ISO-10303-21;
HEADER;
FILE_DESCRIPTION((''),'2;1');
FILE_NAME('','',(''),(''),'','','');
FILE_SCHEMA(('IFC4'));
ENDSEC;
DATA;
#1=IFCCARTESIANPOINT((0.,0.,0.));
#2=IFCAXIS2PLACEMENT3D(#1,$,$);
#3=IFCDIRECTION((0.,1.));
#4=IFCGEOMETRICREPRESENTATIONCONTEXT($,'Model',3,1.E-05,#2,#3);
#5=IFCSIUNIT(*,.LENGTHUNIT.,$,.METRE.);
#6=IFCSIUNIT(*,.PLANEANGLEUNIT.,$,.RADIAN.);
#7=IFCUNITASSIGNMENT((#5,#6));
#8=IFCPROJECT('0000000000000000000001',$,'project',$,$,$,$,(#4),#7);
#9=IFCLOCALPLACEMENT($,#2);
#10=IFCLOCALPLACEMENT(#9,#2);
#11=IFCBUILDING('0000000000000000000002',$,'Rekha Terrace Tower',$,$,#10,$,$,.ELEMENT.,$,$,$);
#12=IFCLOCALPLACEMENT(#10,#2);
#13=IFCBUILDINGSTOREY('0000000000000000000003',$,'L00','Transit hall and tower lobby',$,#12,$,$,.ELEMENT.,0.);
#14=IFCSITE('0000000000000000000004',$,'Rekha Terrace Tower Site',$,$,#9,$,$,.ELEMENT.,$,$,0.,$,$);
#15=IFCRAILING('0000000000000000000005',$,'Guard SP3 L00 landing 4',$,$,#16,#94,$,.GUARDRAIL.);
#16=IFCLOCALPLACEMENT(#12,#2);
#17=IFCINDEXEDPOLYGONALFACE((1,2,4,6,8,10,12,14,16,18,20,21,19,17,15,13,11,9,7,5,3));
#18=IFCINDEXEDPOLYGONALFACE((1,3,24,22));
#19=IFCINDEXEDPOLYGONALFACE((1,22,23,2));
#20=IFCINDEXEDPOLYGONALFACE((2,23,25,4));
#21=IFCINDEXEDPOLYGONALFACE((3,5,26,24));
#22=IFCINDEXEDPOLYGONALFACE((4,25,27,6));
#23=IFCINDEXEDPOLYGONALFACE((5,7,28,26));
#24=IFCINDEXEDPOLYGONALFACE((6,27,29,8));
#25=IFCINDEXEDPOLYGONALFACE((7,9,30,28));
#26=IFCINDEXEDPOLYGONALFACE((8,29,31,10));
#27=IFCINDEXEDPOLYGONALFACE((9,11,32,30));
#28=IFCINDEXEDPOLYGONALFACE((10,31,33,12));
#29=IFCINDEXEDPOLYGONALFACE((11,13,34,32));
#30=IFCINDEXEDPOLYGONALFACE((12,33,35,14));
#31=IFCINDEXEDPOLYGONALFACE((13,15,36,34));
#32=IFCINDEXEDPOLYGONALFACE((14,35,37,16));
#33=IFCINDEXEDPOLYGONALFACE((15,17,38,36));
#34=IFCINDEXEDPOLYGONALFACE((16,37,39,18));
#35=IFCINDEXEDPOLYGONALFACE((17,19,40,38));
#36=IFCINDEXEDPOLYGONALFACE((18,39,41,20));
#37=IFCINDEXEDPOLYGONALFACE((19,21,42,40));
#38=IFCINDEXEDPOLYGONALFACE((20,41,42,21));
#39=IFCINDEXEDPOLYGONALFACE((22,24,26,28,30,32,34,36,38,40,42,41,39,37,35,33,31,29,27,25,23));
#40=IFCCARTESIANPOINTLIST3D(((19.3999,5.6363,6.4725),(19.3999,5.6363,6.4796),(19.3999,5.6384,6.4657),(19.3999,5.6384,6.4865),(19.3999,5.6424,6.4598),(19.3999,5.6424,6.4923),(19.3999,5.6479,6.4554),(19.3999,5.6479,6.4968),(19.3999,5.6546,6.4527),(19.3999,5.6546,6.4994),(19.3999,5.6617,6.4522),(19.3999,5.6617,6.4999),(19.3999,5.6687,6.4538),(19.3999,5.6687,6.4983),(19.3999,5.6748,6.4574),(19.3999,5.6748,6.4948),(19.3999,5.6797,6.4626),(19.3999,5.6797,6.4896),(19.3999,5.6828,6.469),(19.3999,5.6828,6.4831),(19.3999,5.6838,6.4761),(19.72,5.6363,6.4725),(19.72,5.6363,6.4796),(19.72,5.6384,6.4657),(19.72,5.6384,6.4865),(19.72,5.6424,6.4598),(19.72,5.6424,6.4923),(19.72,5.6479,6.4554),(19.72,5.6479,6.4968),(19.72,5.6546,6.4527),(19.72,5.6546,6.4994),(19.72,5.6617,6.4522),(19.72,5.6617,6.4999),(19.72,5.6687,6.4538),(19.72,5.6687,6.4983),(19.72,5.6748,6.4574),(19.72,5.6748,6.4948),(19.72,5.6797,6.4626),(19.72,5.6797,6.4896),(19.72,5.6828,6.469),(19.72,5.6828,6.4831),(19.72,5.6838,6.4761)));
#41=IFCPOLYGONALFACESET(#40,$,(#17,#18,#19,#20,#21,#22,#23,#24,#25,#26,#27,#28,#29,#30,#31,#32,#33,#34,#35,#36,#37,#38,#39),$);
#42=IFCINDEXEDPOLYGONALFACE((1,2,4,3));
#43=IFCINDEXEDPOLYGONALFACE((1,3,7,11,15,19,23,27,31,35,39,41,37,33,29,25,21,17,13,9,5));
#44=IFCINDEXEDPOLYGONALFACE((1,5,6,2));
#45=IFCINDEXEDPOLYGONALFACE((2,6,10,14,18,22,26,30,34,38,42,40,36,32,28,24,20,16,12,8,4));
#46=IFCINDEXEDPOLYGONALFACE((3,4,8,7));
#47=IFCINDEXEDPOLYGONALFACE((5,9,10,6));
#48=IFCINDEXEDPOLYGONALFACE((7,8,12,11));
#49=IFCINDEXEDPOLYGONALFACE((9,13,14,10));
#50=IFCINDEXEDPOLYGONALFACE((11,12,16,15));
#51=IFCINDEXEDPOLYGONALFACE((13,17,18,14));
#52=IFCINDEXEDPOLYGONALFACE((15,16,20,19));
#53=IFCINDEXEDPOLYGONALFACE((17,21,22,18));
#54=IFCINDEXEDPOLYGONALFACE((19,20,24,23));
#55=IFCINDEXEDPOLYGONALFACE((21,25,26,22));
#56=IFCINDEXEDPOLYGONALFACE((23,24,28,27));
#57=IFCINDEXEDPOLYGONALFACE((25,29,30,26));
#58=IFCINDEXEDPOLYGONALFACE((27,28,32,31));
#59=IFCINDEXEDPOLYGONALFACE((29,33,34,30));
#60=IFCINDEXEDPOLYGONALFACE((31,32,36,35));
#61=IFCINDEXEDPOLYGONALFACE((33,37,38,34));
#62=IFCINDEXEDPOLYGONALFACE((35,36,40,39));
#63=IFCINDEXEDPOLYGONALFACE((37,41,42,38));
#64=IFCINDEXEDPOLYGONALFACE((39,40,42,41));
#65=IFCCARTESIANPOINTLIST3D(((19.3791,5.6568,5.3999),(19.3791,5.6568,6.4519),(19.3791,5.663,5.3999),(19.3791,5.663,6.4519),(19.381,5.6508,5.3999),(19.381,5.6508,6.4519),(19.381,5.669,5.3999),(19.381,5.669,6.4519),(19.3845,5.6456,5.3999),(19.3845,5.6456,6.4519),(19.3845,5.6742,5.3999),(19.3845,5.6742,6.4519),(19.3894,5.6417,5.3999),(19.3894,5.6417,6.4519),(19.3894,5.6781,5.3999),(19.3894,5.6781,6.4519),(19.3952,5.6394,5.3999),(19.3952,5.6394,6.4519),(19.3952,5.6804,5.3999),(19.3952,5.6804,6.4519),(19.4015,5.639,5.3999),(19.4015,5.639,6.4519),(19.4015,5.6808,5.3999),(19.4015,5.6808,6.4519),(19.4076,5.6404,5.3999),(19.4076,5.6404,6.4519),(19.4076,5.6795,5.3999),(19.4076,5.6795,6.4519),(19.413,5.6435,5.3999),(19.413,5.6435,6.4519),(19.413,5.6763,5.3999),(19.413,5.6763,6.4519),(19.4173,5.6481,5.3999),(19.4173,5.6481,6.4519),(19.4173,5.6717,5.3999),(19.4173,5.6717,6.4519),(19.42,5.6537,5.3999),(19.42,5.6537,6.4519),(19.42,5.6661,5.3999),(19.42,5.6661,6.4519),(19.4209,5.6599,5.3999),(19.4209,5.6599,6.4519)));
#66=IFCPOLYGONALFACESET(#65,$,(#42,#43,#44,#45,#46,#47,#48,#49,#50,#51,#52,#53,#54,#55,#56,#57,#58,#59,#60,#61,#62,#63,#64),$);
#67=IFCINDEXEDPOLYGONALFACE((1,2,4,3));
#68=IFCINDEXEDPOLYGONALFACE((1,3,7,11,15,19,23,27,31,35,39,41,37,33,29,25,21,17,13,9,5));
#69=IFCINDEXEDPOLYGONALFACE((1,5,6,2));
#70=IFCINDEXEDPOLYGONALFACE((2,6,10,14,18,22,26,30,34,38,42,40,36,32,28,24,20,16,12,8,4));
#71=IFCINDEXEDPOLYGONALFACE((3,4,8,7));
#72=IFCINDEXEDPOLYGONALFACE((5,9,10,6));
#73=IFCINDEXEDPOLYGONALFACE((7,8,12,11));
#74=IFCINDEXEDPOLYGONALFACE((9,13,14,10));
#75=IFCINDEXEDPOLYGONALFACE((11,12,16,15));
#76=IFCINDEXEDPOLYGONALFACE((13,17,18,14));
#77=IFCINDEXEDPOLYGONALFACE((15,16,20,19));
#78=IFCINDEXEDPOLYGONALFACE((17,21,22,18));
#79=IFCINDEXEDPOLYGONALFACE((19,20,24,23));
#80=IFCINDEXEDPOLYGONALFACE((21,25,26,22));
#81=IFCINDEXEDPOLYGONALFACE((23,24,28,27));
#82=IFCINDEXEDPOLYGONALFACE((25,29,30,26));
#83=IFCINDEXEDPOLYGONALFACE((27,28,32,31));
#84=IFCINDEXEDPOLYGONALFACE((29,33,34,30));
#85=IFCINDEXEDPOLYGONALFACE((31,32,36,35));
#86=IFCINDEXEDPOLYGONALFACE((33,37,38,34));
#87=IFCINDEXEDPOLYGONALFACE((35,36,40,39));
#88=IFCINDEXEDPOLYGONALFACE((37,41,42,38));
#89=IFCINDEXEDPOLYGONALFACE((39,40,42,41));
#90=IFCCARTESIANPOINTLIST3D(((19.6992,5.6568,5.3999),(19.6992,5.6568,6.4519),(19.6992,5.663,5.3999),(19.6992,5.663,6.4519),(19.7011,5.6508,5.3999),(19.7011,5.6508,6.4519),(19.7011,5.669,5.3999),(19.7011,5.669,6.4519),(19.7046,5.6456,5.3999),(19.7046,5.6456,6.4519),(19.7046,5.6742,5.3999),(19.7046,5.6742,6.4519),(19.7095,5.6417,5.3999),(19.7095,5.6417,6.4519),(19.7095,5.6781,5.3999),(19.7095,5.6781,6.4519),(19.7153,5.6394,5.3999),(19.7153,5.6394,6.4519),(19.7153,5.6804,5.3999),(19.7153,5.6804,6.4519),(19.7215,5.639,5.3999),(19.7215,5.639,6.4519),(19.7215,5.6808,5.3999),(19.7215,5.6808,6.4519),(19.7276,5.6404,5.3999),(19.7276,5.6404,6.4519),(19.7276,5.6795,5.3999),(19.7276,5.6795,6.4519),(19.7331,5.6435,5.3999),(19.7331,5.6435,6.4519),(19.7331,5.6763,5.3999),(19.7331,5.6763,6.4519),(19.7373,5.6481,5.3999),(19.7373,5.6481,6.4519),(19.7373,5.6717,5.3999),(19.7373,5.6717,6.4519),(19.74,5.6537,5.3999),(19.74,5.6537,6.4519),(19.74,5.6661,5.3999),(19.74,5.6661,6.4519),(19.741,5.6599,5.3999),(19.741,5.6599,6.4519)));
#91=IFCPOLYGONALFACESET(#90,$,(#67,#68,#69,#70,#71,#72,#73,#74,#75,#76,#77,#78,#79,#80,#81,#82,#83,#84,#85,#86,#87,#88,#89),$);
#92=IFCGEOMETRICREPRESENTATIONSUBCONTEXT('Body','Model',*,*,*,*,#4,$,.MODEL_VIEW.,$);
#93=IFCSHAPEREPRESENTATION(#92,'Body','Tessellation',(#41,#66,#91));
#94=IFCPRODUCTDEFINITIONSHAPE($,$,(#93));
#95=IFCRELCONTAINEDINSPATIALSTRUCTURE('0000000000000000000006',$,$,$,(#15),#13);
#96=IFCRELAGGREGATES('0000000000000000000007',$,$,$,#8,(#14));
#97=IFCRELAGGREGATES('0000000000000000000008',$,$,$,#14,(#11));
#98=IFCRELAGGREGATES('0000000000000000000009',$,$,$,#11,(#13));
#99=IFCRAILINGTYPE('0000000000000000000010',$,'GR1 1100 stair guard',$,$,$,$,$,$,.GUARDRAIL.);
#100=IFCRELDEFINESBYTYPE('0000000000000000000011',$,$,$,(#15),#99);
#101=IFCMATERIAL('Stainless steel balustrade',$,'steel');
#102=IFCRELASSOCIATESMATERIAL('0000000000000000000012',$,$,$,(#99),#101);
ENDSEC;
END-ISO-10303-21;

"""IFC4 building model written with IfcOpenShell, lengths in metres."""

from ifc_helpers import new_model, si_unit, direction, frame, origin, origin_2d, place, context, subcontext, project, spatial, circle, extrude, material, type_object, element, save


model = new_model("IFC4")

# Units and contexts
model_context = context("Model", 3, precision=1e-05, world=origin(), true_north=direction((0.0, 1.0)))
body_context = subcontext(model_context, "Body", "Model", "MODEL_VIEW")
ifc_project = project(units=[si_unit("LENGTHUNIT", "METRE"), si_unit("PLANEANGLEUNIT", "RADIAN")], contexts=[model_context])

# Site, building, storey
site_placement = place(None, origin())
site = spatial("IfcSite", under=ifc_project, at=site_placement, Name="Rekha Terrace Tower Site", CompositionType="ELEMENT", RefElevation=0.0)
building_placement = place(site_placement, origin())
building = spatial("IfcBuilding", under=site, at=building_placement, Name="Rekha Terrace Tower", CompositionType="ELEMENT")
storey_placement = place(building_placement, origin())
storey = spatial("IfcBuildingStorey", under=building, at=storey_placement, Name="L00", Description="Transit hall and tower lobby", CompositionType="ELEMENT", Elevation=0.0)

# Railing
ifc_material_1 = material(Name="Stainless steel balustrade", Category="steel")
railing_type_1 = type_object("IfcRailingType", Name="GR1 1100 stair guard", PredefinedType="GUARDRAIL", material=ifc_material_1)
for number, where, name in (
    (1, (19.3999, 5.6599, 5.3999), "Guard SP3 L00 landing 4"),
):
    element("IfcRailing", number, at=place(storey_placement, frame(where)), inside=storey, type_object=railing_type_1, Name=name, PredefinedType="GUARDRAIL", context=body_context, shape_type="SweptSolid", body=[
        extrude(circle(Radius=0.0239, at=origin_2d()), frame((0.0, 0.0, 1.0762), z_axis=(1.0, 0.0, 0.0), x_axis=(0.0, 1.0, 0.0)), (0.0, 0.0, 1.0), 0.3201),
        extrude(circle(Radius=0.021, at=origin_2d()), origin(), (0.0, 0.0, 1.0), 1.052),
        extrude(circle(Radius=0.021, at=origin_2d()), frame((0.3201, 0.0, 0.0)), (0.0, 0.0, 1.0), 1.052),
    ])

save(model, "model.ifc")
